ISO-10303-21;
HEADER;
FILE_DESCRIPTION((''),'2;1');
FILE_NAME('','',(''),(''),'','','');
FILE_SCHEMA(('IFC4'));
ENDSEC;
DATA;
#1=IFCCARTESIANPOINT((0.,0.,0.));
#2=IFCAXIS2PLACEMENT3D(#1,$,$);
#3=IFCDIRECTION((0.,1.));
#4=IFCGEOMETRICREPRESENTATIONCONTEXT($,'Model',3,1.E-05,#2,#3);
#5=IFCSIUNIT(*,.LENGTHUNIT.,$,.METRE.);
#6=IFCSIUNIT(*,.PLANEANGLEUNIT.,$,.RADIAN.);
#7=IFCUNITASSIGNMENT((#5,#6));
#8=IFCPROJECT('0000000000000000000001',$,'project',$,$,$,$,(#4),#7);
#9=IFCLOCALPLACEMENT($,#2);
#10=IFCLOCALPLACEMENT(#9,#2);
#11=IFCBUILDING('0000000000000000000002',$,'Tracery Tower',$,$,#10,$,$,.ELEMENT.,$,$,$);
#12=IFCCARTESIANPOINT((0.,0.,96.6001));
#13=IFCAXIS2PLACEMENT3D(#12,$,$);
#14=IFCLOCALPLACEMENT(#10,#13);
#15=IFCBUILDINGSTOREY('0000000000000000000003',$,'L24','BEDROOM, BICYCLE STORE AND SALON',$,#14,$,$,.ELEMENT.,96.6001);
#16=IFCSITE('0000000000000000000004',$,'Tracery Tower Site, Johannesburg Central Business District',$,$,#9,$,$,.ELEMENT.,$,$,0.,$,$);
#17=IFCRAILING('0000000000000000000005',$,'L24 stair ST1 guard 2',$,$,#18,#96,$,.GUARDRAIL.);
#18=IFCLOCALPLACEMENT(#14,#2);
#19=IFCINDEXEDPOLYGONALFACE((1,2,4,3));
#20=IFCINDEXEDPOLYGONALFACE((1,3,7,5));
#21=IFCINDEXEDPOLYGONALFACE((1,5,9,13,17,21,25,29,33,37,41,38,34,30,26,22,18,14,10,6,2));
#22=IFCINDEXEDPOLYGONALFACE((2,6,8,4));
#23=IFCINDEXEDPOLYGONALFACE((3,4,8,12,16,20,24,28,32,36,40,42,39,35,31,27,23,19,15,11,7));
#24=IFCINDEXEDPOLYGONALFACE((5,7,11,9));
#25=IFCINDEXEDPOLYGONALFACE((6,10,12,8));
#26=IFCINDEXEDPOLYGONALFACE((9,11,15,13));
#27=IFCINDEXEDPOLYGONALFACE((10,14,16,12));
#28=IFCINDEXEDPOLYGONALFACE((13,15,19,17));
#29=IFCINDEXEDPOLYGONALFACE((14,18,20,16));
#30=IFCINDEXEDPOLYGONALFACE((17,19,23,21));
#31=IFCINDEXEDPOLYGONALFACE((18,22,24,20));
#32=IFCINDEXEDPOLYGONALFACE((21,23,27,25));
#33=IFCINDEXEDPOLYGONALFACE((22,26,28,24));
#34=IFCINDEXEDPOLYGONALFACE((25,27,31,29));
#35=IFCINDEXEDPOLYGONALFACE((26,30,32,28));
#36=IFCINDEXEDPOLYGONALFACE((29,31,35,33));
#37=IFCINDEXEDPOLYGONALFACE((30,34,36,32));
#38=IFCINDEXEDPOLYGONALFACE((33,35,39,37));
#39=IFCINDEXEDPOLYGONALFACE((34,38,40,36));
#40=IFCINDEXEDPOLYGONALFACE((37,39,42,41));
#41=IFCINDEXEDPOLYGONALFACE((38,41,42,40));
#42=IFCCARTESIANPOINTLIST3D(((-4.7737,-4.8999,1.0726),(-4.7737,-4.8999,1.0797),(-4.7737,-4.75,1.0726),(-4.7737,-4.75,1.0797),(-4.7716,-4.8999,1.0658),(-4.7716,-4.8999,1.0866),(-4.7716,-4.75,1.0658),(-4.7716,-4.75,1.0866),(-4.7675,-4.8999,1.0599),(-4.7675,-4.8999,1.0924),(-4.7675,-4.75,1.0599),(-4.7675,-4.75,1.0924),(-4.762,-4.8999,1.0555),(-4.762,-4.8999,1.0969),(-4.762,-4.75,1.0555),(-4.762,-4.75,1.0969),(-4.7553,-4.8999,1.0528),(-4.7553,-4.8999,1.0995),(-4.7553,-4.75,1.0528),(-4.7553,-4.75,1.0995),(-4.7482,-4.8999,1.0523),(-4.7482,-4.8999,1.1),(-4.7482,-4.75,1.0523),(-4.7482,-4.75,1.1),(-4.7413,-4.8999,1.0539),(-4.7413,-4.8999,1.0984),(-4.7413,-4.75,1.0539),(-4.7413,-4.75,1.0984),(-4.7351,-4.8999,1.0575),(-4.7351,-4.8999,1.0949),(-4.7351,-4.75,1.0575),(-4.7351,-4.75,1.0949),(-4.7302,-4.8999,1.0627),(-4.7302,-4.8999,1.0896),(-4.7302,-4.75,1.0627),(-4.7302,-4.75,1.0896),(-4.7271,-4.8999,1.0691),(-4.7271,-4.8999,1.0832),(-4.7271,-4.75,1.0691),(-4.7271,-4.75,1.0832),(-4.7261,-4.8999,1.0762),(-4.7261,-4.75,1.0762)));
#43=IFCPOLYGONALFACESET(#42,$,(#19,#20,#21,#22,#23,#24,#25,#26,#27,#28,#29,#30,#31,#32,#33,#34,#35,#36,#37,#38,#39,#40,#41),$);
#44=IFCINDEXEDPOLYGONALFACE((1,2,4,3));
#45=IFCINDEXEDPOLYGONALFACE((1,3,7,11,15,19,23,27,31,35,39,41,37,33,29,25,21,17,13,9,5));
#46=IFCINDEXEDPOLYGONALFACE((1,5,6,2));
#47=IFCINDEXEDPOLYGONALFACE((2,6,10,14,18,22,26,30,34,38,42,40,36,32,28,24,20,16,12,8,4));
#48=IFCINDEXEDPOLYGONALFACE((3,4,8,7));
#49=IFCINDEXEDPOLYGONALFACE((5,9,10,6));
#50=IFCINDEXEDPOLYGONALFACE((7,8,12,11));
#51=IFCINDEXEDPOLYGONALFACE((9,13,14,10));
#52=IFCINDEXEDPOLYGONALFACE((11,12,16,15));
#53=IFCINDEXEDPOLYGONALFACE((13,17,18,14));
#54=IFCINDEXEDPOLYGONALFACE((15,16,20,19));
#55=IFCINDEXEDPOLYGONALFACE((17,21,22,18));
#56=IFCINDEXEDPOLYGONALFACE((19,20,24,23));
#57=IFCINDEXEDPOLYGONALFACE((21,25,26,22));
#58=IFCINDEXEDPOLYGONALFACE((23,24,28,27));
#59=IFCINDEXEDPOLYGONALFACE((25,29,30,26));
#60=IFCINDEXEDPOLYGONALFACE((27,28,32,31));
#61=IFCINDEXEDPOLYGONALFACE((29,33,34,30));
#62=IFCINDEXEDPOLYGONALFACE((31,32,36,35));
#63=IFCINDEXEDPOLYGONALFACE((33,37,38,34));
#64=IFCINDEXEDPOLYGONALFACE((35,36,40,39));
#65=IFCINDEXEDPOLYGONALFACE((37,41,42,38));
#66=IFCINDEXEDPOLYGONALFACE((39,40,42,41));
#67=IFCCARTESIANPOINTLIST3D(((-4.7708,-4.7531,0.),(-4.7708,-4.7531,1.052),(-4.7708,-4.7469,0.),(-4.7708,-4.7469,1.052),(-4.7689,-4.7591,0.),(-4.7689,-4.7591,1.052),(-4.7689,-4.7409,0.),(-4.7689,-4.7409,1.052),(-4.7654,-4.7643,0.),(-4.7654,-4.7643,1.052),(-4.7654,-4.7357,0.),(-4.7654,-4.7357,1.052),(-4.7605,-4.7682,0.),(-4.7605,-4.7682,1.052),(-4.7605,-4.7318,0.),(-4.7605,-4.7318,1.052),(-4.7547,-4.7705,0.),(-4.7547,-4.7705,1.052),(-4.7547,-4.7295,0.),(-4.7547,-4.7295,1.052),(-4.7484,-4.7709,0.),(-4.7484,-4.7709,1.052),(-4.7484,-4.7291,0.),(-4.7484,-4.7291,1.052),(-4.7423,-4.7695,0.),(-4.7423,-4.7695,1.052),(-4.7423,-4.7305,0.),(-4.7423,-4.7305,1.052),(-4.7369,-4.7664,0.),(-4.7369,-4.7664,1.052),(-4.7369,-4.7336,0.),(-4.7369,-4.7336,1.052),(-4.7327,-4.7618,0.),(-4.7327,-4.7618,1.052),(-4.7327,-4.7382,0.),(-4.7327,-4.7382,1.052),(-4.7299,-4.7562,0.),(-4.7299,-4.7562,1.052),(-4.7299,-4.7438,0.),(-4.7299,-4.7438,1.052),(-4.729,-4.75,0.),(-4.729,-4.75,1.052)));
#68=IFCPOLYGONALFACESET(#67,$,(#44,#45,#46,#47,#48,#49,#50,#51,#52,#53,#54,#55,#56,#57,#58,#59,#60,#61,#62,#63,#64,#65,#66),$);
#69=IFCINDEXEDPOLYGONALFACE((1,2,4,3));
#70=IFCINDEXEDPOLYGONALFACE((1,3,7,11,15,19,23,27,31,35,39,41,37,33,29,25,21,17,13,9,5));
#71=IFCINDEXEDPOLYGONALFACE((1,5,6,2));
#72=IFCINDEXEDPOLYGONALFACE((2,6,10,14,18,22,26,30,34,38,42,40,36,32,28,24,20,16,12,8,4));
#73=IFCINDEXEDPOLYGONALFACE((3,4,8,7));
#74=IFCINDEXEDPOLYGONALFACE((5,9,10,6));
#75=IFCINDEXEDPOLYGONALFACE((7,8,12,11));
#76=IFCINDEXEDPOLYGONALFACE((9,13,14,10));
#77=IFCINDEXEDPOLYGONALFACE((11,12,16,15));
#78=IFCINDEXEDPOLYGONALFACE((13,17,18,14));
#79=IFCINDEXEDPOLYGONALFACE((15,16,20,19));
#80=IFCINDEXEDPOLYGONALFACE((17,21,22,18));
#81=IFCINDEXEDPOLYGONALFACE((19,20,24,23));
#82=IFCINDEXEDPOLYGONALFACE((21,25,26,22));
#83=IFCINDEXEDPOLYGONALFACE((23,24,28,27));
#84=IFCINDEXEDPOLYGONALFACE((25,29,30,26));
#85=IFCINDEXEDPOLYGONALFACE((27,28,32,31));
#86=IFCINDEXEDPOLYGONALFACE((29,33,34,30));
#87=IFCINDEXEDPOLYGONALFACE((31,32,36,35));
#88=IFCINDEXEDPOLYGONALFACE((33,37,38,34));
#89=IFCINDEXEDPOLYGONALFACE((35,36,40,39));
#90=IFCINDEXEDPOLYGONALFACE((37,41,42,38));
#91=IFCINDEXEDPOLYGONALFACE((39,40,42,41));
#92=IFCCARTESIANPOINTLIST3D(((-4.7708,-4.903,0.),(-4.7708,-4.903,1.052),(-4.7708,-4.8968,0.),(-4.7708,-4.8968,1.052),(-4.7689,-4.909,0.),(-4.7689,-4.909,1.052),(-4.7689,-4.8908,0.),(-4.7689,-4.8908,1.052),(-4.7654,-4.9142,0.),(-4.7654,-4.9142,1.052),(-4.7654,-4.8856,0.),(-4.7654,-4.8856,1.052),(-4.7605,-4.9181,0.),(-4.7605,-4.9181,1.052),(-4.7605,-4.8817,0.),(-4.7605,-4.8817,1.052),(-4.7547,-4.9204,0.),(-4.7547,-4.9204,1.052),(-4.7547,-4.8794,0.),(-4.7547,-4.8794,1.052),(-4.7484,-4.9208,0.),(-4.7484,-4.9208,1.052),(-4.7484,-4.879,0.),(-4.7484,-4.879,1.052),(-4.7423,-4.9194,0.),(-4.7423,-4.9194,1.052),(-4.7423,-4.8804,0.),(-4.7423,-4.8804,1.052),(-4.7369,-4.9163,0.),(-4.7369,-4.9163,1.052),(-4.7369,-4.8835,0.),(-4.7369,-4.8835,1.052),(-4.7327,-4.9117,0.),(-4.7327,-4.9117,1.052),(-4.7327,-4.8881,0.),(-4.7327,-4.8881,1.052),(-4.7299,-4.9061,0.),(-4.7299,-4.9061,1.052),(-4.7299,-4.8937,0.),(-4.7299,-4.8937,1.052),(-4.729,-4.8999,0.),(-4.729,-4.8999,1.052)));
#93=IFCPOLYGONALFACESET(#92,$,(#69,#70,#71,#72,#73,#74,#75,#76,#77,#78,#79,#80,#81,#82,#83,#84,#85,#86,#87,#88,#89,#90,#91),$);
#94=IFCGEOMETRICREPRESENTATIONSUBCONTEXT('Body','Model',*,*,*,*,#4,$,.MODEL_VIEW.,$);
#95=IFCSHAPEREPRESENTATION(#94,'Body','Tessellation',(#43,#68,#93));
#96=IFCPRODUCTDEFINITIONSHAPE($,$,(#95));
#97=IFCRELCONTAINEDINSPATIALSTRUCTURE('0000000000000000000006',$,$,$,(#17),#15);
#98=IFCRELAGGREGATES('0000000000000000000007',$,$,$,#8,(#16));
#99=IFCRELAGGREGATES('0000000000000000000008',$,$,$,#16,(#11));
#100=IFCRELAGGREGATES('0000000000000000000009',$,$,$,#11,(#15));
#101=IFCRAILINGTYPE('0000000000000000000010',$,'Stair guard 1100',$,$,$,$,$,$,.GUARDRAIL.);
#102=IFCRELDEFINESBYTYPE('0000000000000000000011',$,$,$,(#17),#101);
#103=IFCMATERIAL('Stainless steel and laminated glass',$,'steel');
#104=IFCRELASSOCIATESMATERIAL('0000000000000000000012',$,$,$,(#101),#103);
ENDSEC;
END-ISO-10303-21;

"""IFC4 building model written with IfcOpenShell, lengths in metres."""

from ifc_helpers import new_model, si_unit, direction, frame, origin, origin_2d, place, context, subcontext, project, spatial, circle, extrude, material, type_object, element, save


model = new_model("IFC4")

# Units and contexts
model_context = context("Model", 3, precision=1e-05, world=origin(), true_north=direction((0.0, 1.0)))
body_context = subcontext(model_context, "Body", "Model", "MODEL_VIEW")
ifc_project = project(units=[si_unit("LENGTHUNIT", "METRE"), si_unit("PLANEANGLEUNIT", "RADIAN")], contexts=[model_context])

# Site, building, storey
site_placement = place(None, origin())
site = spatial("IfcSite", under=ifc_project, at=site_placement, Name="Tracery Tower Site, Johannesburg Central Business District", CompositionType="ELEMENT", RefElevation=0.0)
building_placement = place(site_placement, origin())
building = spatial("IfcBuilding", under=site, at=building_placement, Name="Tracery Tower", CompositionType="ELEMENT")
storey_placement = place(building_placement, frame((0.0, 0.0, 96.6001)))
storey = spatial("IfcBuildingStorey", under=building, at=storey_placement, Name="L24", Description="BEDROOM, BICYCLE STORE AND SALON", CompositionType="ELEMENT", Elevation=96.6001)

# Railing
ifc_material_1 = material(Name="Stainless steel and laminated glass", Category="steel")
railing_type_1 = type_object("IfcRailingType", Name="Stair guard 1100", PredefinedType="GUARDRAIL", material=ifc_material_1)
railing_1_placement = place(storey_placement, frame((-4.75, -4.75, 0.0)))
element("IfcRailing", 1, at=railing_1_placement, inside=storey, type_object=railing_type_1, Name="L24 stair ST1 guard 2", PredefinedType="GUARDRAIL", context=body_context, shape_type="SweptSolid", body=[
    extrude(circle(Radius=0.0239, at=origin_2d()), frame((0.0, 0.0, 1.0762), z_axis=(0.0, -1.0, 0.0), x_axis=(1.0, 0.0, 0.0)), (0.0, 0.0, 1.0), 0.1499),
    extrude(circle(Radius=0.021, at=origin_2d()), origin(), (0.0, 0.0, 1.0), 1.052),
    extrude(circle(Radius=0.021, at=origin_2d()), frame((0.0, -0.1499, 0.0)), (0.0, 0.0, 1.0), 1.052),
])

save(model, "model.ifc")
